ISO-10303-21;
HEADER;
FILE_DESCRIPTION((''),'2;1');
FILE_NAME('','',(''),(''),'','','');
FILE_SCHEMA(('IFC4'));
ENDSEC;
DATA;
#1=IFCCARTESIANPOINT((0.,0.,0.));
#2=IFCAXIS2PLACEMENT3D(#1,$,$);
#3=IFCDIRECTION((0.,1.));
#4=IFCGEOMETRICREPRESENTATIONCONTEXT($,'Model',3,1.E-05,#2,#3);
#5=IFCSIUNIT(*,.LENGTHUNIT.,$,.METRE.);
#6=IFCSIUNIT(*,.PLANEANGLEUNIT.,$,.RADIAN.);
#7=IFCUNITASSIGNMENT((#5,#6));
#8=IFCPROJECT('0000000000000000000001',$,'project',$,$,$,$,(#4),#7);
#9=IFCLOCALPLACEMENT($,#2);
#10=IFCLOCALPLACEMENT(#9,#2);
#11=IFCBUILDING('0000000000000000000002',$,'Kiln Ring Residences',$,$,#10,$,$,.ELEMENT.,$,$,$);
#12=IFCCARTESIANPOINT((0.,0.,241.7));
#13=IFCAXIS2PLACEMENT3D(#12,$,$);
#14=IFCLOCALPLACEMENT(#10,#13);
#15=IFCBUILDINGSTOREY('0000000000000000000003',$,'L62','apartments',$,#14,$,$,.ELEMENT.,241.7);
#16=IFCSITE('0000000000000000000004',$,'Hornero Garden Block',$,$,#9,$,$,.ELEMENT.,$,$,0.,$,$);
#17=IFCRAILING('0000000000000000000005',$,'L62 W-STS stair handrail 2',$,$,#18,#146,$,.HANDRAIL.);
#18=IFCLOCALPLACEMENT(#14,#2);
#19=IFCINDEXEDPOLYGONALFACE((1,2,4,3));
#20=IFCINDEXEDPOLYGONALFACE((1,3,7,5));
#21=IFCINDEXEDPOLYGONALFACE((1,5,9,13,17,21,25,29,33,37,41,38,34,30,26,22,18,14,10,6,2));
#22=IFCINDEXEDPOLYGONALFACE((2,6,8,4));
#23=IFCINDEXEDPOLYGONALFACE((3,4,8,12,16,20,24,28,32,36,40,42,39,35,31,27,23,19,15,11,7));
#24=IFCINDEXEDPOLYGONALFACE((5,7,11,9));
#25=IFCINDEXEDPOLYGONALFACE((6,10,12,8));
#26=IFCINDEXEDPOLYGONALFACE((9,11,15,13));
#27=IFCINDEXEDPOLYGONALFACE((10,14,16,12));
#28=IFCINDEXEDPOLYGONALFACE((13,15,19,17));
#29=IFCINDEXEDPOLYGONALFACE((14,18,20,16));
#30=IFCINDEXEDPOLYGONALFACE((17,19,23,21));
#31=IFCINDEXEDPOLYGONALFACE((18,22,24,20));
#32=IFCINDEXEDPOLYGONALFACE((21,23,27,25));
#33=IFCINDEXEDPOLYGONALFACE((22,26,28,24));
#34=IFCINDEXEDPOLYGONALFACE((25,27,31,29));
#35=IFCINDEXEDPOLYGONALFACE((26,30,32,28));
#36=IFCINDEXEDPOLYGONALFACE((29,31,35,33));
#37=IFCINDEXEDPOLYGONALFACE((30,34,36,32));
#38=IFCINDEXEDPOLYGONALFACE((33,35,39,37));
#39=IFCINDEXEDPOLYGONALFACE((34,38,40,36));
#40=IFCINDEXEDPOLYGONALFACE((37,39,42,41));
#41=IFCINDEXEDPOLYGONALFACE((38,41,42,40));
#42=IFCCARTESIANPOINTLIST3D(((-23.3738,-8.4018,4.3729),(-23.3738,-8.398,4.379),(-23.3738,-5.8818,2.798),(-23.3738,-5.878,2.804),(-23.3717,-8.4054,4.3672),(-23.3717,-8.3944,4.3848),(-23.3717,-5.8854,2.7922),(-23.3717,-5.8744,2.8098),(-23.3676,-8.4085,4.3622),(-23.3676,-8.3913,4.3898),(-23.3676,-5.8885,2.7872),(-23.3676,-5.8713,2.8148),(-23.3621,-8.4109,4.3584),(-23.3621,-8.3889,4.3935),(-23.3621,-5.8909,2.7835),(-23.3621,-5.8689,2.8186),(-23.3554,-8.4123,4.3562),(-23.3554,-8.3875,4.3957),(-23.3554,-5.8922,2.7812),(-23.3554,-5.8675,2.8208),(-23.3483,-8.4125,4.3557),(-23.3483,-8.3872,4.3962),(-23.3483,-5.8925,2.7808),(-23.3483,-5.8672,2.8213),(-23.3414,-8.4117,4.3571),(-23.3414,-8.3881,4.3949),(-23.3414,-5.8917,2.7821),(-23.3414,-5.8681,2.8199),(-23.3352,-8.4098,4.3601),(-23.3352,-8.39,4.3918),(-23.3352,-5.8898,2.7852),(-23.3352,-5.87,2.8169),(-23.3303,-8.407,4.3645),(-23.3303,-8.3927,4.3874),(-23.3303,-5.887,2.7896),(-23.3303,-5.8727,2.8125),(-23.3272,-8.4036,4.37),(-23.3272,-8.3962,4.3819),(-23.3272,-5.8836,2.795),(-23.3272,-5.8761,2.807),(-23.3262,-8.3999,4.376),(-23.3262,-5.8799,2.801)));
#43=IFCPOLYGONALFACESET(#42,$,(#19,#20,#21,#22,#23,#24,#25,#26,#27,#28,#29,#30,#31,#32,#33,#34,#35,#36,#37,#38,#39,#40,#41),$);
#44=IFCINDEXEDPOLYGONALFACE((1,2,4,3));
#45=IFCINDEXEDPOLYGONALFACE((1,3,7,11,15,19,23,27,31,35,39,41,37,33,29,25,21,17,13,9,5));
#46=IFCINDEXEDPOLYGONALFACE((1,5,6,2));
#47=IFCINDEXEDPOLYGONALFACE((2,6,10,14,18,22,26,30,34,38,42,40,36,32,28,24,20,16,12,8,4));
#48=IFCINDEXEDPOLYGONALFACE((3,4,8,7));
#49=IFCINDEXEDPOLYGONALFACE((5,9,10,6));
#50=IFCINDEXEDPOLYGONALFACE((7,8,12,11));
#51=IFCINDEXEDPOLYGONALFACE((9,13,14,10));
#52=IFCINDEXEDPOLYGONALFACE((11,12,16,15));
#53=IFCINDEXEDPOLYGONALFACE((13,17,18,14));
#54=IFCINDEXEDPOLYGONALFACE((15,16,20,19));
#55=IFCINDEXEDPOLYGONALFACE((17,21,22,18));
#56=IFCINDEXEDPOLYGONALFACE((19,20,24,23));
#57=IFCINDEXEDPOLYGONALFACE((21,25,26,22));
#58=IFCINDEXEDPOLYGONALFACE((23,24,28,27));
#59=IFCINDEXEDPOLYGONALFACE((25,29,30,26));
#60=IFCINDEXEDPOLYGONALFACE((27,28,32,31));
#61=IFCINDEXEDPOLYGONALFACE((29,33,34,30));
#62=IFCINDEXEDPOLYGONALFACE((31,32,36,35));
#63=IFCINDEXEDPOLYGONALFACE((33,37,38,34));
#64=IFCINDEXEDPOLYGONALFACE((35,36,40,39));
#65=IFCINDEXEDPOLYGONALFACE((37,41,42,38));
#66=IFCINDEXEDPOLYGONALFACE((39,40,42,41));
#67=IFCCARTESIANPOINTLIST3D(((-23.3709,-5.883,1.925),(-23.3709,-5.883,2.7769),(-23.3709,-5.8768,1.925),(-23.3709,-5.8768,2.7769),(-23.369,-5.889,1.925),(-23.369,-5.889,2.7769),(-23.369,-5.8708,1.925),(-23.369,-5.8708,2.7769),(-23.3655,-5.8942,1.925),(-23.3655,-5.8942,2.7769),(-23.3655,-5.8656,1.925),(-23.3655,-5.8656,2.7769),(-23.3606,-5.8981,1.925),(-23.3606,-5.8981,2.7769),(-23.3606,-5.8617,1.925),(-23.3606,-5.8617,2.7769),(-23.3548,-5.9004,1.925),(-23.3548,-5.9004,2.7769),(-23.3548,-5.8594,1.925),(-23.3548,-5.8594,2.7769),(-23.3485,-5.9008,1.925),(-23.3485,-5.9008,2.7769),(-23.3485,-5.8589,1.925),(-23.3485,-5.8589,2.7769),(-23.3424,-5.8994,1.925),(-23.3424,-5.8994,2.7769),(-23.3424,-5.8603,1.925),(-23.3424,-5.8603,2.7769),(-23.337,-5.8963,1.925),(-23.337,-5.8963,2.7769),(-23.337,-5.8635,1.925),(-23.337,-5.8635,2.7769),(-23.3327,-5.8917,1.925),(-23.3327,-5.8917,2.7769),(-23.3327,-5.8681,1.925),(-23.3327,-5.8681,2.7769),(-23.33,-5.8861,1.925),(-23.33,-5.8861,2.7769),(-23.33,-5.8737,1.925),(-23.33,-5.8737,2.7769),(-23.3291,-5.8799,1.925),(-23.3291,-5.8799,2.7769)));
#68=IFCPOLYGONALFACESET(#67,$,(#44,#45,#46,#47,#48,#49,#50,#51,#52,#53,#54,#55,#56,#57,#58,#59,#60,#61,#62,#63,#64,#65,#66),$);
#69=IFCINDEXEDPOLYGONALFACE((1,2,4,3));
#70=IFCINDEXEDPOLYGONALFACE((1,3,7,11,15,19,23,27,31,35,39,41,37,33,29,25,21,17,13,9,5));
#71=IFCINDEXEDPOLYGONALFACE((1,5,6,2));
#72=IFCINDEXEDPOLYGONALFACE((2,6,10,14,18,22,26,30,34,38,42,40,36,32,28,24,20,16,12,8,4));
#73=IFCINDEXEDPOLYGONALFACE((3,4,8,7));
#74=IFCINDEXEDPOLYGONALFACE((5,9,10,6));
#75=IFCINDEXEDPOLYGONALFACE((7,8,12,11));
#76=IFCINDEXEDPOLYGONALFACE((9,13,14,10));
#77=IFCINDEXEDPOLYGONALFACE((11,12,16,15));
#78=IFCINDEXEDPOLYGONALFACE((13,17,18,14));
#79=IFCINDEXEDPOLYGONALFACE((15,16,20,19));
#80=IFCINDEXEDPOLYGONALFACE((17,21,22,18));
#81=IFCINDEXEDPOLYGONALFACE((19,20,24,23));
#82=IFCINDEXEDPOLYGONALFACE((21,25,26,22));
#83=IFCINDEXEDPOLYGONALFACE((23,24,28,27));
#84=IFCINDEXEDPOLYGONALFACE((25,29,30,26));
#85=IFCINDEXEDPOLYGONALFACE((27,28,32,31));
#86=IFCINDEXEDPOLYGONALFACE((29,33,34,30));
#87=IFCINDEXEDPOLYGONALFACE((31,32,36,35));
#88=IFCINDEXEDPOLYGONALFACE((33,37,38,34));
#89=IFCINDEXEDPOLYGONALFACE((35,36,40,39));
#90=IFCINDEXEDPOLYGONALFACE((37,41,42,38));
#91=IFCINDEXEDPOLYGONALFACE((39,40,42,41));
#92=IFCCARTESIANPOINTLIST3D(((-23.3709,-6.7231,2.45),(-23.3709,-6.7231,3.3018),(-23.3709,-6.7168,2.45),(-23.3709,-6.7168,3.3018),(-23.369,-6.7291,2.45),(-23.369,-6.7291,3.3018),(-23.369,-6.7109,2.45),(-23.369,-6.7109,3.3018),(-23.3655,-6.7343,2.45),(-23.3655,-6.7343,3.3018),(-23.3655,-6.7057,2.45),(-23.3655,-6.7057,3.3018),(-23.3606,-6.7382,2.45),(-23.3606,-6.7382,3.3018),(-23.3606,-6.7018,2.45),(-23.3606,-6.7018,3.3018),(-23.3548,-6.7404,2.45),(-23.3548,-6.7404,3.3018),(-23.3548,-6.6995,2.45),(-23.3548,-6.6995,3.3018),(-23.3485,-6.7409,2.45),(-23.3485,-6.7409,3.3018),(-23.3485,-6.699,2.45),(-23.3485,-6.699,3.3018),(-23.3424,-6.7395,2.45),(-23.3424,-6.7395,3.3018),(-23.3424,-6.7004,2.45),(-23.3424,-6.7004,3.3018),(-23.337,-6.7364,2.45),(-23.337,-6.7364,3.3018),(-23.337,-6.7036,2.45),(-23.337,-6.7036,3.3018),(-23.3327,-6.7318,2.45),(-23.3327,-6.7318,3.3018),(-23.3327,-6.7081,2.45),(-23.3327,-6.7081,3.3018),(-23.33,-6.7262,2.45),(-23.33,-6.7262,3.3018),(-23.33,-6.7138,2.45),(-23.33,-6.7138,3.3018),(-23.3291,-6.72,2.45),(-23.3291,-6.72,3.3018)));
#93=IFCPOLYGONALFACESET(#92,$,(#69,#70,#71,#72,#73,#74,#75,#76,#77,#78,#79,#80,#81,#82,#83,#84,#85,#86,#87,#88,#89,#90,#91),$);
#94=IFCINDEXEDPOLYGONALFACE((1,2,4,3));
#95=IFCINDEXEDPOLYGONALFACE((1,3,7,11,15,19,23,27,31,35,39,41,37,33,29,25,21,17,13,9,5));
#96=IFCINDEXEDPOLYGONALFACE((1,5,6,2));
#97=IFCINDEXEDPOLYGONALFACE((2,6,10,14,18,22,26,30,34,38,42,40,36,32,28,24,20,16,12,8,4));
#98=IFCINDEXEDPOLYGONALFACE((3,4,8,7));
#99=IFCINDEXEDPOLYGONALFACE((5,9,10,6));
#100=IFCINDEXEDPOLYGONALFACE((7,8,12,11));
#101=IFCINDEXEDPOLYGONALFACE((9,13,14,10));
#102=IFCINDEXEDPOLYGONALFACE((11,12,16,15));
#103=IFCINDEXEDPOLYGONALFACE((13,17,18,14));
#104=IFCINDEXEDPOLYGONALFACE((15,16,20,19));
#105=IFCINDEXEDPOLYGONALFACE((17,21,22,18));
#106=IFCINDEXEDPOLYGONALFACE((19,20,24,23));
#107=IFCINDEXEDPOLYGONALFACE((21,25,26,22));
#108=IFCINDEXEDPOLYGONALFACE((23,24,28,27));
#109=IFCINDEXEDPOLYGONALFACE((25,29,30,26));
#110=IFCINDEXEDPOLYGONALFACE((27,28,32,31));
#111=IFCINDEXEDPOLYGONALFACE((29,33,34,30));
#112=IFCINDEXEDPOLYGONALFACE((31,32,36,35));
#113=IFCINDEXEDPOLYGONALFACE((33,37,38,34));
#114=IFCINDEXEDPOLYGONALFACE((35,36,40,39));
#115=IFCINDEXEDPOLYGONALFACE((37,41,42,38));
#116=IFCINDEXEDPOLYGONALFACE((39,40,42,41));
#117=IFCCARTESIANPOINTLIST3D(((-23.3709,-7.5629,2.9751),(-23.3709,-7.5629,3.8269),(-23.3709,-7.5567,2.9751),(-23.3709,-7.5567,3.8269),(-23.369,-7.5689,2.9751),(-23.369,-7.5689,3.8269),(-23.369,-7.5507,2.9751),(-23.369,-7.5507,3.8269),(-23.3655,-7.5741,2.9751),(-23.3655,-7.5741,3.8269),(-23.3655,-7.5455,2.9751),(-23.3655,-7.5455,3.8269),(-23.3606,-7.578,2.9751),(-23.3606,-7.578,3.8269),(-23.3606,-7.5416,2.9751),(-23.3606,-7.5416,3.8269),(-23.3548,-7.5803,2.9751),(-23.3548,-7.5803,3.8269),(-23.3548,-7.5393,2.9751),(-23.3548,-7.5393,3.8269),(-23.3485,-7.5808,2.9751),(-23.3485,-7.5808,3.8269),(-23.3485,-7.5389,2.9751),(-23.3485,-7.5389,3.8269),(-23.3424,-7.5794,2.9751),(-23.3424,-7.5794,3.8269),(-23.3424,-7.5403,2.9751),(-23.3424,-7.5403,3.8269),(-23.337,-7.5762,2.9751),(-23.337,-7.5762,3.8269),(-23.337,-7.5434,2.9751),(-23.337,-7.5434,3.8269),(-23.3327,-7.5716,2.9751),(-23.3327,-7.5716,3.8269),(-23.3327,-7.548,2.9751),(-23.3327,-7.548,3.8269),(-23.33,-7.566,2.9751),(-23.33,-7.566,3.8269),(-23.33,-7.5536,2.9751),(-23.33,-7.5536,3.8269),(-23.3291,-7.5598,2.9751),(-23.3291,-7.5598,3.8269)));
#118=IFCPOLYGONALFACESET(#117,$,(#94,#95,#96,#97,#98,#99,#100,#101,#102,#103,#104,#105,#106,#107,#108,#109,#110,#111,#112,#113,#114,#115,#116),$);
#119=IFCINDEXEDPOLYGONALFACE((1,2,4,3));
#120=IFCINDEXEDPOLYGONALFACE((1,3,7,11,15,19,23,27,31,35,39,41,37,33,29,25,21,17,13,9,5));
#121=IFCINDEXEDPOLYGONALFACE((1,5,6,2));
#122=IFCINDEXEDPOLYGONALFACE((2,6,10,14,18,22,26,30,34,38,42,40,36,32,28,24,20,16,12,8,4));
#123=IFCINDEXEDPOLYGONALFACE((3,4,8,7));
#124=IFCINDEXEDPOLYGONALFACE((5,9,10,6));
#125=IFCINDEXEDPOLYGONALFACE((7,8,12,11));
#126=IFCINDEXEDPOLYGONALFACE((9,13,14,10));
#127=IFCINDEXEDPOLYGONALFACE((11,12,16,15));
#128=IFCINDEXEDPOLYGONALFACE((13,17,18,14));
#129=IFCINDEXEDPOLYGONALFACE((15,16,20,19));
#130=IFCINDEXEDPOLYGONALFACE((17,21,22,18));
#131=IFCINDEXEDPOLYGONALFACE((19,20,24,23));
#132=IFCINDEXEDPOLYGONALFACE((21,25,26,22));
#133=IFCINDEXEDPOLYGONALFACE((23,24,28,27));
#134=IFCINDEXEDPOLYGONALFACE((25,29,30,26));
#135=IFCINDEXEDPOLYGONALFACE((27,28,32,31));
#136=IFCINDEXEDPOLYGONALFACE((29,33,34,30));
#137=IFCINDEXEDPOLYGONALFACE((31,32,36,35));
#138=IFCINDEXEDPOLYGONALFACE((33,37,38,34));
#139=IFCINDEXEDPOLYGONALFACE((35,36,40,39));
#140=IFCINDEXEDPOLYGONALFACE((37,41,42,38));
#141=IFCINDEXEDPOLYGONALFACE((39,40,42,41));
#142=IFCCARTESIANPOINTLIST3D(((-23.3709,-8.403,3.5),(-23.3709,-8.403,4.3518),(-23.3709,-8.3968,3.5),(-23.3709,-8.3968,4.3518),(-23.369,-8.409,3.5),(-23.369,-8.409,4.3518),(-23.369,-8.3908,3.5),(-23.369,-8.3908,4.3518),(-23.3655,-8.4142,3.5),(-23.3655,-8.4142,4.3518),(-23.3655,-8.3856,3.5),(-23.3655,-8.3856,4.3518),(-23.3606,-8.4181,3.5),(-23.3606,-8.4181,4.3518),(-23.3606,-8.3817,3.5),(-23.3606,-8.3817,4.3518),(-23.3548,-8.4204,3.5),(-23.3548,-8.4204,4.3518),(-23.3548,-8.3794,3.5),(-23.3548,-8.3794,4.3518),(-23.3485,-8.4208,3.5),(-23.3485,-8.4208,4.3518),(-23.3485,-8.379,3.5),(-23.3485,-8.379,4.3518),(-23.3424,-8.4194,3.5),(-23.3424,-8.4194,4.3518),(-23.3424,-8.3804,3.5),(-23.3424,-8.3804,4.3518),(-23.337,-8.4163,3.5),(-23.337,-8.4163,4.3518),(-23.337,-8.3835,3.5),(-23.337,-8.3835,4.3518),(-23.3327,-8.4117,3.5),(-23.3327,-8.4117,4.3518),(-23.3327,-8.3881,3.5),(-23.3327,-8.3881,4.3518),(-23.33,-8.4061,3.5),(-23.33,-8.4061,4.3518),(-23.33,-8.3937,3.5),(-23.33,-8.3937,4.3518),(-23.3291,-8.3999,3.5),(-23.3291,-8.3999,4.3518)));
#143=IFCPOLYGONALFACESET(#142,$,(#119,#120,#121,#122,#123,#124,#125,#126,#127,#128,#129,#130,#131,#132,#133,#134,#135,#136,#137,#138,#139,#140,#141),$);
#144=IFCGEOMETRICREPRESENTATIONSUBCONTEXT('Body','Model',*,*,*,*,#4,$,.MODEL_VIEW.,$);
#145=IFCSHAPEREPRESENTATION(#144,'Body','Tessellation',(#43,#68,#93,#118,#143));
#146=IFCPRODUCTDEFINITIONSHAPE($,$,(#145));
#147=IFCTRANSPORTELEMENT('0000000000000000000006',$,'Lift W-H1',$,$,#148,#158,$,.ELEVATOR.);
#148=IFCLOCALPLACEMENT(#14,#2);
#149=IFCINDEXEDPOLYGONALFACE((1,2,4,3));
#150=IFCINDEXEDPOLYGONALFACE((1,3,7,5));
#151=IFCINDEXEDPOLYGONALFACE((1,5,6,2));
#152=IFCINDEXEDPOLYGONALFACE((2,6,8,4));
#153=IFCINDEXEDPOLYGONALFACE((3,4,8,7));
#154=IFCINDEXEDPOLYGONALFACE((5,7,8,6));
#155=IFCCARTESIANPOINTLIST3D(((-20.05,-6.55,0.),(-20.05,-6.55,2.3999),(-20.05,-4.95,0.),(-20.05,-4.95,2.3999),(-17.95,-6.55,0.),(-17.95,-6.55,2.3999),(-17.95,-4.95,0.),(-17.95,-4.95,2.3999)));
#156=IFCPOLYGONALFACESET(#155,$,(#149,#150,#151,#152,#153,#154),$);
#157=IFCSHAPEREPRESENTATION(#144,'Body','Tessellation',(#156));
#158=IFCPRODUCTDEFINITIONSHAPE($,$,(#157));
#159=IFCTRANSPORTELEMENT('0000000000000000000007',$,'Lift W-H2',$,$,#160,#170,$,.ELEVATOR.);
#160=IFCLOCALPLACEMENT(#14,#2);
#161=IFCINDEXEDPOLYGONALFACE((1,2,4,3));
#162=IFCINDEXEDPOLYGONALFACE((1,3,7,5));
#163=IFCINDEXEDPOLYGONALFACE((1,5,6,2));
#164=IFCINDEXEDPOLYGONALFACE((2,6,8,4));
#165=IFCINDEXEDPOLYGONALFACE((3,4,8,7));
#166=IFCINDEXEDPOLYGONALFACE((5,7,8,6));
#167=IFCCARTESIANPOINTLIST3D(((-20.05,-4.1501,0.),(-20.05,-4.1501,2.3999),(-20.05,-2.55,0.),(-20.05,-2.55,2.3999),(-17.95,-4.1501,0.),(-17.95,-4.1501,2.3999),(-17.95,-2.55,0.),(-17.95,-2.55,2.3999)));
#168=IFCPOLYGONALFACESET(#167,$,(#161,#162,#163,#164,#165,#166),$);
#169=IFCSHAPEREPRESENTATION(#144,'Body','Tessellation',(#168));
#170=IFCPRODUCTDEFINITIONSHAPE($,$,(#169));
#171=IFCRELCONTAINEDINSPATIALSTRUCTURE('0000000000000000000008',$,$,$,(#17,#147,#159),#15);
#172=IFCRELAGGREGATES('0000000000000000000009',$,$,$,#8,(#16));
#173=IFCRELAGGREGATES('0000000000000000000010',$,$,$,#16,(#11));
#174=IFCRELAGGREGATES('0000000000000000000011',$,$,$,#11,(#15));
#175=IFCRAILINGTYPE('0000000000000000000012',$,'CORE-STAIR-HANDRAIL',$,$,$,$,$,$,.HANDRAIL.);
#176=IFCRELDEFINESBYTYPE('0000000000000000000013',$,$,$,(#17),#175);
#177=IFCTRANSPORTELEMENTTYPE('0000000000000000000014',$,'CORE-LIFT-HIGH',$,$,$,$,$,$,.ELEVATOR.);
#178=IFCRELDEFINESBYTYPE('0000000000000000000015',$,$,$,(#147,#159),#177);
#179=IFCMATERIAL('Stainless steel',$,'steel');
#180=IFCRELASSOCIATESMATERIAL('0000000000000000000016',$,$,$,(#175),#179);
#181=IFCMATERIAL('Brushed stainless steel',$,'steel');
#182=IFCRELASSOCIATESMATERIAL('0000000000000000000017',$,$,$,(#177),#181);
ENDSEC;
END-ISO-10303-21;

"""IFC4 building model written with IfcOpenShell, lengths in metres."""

from ifc_helpers import new_model, si_unit, direction, frame, origin, origin_2d, place, context, subcontext, project, spatial, rectangle, circle, extrude, material, type_object, element, save


model = new_model("IFC4")

# Units and contexts
model_context = context("Model", 3, precision=1e-05, world=origin(), true_north=direction((0.0, 1.0)))
body_context = subcontext(model_context, "Body", "Model", "MODEL_VIEW")
ifc_project = project(units=[si_unit("LENGTHUNIT", "METRE"), si_unit("PLANEANGLEUNIT", "RADIAN")], contexts=[model_context])

# Site, building, storey
site_placement = place(None, origin())
site = spatial("IfcSite", under=ifc_project, at=site_placement, Name="Hornero Garden Block", CompositionType="ELEMENT", RefElevation=0.0)
building_placement = place(site_placement, origin())
building = spatial("IfcBuilding", under=site, at=building_placement, Name="Kiln Ring Residences", CompositionType="ELEMENT")
storey_placement = place(building_placement, frame((0.0, 0.0, 241.7)))
storey = spatial("IfcBuildingStorey", under=building, at=storey_placement, Name="L62", Description="apartments", CompositionType="ELEMENT", Elevation=241.7)

# Railing
ifc_material_1 = material(Name="Stainless steel", Category="steel")
railing_type_1 = type_object("IfcRailingType", Name="CORE-STAIR-HANDRAIL", PredefinedType="HANDRAIL", material=ifc_material_1)
railing_1_placement = place(storey_placement, frame((-23.3501, -5.8799, 1.925)))
element("IfcRailing", 1, at=railing_1_placement, inside=storey, type_object=railing_type_1, Name="L62 W-STS stair handrail 2", PredefinedType="HANDRAIL", context=body_context, shape_type="SweptSolid", body=[
    extrude(circle(Radius=0.0239, at=origin_2d()), frame((0.0, 0.0, 0.876), z_axis=(0.0, -0.848008, 0.529984), x_axis=(1.0, 0.0, 0.0)), (0.0, 0.0, 1.0), 2.9717),
    extrude(circle(Radius=0.021, at=origin_2d()), origin(), (0.0, 0.0, 1.0), 0.8518),
    extrude(circle(Radius=0.021, at=origin_2d()), frame((0.0, -0.8401, 0.5249)), (0.0, 0.0, 1.0), 0.8518),
    extrude(circle(Radius=0.021, at=origin_2d()), frame((0.0, -1.6799, 1.05)), (0.0, 0.0, 1.0), 0.8518),
    extrude(circle(Radius=0.021, at=origin_2d()), frame((0.0, -2.52, 1.575)), (0.0, 0.0, 1.0), 0.8518),
])

# Transport elements
ifc_material_2 = material(Name="Brushed stainless steel", Category="steel")
transport_element_type = type_object("IfcTransportElementType", Name="CORE-LIFT-HIGH", PredefinedType="ELEVATOR", material=ifc_material_2)
for number, where, z_axis, x_axis, name in (
    (2, (-19.0, -5.75, 0.0), (0.0, 0.0, 1.0), (1.0, 0.0, 0.0), "Lift W-H1"),
    (3, (-19.0, -3.3501, 0.0), (0.0, 0.0, 1.0), (1.0, 0.0, 0.0), "Lift W-H2"),
):
    element("IfcTransportElement", number, at=place(storey_placement, frame(where, z_axis=z_axis, x_axis=x_axis)), inside=storey, type_object=transport_element_type, Name=name, PredefinedType="ELEVATOR", context=body_context, shape_type="SweptSolid", body=[
        extrude(rectangle(XDim=2.1001, YDim=1.6001, at=origin_2d()), origin(), (0.0, 0.0, 1.0), 2.3999),
    ])

save(model, "model.ifc")
